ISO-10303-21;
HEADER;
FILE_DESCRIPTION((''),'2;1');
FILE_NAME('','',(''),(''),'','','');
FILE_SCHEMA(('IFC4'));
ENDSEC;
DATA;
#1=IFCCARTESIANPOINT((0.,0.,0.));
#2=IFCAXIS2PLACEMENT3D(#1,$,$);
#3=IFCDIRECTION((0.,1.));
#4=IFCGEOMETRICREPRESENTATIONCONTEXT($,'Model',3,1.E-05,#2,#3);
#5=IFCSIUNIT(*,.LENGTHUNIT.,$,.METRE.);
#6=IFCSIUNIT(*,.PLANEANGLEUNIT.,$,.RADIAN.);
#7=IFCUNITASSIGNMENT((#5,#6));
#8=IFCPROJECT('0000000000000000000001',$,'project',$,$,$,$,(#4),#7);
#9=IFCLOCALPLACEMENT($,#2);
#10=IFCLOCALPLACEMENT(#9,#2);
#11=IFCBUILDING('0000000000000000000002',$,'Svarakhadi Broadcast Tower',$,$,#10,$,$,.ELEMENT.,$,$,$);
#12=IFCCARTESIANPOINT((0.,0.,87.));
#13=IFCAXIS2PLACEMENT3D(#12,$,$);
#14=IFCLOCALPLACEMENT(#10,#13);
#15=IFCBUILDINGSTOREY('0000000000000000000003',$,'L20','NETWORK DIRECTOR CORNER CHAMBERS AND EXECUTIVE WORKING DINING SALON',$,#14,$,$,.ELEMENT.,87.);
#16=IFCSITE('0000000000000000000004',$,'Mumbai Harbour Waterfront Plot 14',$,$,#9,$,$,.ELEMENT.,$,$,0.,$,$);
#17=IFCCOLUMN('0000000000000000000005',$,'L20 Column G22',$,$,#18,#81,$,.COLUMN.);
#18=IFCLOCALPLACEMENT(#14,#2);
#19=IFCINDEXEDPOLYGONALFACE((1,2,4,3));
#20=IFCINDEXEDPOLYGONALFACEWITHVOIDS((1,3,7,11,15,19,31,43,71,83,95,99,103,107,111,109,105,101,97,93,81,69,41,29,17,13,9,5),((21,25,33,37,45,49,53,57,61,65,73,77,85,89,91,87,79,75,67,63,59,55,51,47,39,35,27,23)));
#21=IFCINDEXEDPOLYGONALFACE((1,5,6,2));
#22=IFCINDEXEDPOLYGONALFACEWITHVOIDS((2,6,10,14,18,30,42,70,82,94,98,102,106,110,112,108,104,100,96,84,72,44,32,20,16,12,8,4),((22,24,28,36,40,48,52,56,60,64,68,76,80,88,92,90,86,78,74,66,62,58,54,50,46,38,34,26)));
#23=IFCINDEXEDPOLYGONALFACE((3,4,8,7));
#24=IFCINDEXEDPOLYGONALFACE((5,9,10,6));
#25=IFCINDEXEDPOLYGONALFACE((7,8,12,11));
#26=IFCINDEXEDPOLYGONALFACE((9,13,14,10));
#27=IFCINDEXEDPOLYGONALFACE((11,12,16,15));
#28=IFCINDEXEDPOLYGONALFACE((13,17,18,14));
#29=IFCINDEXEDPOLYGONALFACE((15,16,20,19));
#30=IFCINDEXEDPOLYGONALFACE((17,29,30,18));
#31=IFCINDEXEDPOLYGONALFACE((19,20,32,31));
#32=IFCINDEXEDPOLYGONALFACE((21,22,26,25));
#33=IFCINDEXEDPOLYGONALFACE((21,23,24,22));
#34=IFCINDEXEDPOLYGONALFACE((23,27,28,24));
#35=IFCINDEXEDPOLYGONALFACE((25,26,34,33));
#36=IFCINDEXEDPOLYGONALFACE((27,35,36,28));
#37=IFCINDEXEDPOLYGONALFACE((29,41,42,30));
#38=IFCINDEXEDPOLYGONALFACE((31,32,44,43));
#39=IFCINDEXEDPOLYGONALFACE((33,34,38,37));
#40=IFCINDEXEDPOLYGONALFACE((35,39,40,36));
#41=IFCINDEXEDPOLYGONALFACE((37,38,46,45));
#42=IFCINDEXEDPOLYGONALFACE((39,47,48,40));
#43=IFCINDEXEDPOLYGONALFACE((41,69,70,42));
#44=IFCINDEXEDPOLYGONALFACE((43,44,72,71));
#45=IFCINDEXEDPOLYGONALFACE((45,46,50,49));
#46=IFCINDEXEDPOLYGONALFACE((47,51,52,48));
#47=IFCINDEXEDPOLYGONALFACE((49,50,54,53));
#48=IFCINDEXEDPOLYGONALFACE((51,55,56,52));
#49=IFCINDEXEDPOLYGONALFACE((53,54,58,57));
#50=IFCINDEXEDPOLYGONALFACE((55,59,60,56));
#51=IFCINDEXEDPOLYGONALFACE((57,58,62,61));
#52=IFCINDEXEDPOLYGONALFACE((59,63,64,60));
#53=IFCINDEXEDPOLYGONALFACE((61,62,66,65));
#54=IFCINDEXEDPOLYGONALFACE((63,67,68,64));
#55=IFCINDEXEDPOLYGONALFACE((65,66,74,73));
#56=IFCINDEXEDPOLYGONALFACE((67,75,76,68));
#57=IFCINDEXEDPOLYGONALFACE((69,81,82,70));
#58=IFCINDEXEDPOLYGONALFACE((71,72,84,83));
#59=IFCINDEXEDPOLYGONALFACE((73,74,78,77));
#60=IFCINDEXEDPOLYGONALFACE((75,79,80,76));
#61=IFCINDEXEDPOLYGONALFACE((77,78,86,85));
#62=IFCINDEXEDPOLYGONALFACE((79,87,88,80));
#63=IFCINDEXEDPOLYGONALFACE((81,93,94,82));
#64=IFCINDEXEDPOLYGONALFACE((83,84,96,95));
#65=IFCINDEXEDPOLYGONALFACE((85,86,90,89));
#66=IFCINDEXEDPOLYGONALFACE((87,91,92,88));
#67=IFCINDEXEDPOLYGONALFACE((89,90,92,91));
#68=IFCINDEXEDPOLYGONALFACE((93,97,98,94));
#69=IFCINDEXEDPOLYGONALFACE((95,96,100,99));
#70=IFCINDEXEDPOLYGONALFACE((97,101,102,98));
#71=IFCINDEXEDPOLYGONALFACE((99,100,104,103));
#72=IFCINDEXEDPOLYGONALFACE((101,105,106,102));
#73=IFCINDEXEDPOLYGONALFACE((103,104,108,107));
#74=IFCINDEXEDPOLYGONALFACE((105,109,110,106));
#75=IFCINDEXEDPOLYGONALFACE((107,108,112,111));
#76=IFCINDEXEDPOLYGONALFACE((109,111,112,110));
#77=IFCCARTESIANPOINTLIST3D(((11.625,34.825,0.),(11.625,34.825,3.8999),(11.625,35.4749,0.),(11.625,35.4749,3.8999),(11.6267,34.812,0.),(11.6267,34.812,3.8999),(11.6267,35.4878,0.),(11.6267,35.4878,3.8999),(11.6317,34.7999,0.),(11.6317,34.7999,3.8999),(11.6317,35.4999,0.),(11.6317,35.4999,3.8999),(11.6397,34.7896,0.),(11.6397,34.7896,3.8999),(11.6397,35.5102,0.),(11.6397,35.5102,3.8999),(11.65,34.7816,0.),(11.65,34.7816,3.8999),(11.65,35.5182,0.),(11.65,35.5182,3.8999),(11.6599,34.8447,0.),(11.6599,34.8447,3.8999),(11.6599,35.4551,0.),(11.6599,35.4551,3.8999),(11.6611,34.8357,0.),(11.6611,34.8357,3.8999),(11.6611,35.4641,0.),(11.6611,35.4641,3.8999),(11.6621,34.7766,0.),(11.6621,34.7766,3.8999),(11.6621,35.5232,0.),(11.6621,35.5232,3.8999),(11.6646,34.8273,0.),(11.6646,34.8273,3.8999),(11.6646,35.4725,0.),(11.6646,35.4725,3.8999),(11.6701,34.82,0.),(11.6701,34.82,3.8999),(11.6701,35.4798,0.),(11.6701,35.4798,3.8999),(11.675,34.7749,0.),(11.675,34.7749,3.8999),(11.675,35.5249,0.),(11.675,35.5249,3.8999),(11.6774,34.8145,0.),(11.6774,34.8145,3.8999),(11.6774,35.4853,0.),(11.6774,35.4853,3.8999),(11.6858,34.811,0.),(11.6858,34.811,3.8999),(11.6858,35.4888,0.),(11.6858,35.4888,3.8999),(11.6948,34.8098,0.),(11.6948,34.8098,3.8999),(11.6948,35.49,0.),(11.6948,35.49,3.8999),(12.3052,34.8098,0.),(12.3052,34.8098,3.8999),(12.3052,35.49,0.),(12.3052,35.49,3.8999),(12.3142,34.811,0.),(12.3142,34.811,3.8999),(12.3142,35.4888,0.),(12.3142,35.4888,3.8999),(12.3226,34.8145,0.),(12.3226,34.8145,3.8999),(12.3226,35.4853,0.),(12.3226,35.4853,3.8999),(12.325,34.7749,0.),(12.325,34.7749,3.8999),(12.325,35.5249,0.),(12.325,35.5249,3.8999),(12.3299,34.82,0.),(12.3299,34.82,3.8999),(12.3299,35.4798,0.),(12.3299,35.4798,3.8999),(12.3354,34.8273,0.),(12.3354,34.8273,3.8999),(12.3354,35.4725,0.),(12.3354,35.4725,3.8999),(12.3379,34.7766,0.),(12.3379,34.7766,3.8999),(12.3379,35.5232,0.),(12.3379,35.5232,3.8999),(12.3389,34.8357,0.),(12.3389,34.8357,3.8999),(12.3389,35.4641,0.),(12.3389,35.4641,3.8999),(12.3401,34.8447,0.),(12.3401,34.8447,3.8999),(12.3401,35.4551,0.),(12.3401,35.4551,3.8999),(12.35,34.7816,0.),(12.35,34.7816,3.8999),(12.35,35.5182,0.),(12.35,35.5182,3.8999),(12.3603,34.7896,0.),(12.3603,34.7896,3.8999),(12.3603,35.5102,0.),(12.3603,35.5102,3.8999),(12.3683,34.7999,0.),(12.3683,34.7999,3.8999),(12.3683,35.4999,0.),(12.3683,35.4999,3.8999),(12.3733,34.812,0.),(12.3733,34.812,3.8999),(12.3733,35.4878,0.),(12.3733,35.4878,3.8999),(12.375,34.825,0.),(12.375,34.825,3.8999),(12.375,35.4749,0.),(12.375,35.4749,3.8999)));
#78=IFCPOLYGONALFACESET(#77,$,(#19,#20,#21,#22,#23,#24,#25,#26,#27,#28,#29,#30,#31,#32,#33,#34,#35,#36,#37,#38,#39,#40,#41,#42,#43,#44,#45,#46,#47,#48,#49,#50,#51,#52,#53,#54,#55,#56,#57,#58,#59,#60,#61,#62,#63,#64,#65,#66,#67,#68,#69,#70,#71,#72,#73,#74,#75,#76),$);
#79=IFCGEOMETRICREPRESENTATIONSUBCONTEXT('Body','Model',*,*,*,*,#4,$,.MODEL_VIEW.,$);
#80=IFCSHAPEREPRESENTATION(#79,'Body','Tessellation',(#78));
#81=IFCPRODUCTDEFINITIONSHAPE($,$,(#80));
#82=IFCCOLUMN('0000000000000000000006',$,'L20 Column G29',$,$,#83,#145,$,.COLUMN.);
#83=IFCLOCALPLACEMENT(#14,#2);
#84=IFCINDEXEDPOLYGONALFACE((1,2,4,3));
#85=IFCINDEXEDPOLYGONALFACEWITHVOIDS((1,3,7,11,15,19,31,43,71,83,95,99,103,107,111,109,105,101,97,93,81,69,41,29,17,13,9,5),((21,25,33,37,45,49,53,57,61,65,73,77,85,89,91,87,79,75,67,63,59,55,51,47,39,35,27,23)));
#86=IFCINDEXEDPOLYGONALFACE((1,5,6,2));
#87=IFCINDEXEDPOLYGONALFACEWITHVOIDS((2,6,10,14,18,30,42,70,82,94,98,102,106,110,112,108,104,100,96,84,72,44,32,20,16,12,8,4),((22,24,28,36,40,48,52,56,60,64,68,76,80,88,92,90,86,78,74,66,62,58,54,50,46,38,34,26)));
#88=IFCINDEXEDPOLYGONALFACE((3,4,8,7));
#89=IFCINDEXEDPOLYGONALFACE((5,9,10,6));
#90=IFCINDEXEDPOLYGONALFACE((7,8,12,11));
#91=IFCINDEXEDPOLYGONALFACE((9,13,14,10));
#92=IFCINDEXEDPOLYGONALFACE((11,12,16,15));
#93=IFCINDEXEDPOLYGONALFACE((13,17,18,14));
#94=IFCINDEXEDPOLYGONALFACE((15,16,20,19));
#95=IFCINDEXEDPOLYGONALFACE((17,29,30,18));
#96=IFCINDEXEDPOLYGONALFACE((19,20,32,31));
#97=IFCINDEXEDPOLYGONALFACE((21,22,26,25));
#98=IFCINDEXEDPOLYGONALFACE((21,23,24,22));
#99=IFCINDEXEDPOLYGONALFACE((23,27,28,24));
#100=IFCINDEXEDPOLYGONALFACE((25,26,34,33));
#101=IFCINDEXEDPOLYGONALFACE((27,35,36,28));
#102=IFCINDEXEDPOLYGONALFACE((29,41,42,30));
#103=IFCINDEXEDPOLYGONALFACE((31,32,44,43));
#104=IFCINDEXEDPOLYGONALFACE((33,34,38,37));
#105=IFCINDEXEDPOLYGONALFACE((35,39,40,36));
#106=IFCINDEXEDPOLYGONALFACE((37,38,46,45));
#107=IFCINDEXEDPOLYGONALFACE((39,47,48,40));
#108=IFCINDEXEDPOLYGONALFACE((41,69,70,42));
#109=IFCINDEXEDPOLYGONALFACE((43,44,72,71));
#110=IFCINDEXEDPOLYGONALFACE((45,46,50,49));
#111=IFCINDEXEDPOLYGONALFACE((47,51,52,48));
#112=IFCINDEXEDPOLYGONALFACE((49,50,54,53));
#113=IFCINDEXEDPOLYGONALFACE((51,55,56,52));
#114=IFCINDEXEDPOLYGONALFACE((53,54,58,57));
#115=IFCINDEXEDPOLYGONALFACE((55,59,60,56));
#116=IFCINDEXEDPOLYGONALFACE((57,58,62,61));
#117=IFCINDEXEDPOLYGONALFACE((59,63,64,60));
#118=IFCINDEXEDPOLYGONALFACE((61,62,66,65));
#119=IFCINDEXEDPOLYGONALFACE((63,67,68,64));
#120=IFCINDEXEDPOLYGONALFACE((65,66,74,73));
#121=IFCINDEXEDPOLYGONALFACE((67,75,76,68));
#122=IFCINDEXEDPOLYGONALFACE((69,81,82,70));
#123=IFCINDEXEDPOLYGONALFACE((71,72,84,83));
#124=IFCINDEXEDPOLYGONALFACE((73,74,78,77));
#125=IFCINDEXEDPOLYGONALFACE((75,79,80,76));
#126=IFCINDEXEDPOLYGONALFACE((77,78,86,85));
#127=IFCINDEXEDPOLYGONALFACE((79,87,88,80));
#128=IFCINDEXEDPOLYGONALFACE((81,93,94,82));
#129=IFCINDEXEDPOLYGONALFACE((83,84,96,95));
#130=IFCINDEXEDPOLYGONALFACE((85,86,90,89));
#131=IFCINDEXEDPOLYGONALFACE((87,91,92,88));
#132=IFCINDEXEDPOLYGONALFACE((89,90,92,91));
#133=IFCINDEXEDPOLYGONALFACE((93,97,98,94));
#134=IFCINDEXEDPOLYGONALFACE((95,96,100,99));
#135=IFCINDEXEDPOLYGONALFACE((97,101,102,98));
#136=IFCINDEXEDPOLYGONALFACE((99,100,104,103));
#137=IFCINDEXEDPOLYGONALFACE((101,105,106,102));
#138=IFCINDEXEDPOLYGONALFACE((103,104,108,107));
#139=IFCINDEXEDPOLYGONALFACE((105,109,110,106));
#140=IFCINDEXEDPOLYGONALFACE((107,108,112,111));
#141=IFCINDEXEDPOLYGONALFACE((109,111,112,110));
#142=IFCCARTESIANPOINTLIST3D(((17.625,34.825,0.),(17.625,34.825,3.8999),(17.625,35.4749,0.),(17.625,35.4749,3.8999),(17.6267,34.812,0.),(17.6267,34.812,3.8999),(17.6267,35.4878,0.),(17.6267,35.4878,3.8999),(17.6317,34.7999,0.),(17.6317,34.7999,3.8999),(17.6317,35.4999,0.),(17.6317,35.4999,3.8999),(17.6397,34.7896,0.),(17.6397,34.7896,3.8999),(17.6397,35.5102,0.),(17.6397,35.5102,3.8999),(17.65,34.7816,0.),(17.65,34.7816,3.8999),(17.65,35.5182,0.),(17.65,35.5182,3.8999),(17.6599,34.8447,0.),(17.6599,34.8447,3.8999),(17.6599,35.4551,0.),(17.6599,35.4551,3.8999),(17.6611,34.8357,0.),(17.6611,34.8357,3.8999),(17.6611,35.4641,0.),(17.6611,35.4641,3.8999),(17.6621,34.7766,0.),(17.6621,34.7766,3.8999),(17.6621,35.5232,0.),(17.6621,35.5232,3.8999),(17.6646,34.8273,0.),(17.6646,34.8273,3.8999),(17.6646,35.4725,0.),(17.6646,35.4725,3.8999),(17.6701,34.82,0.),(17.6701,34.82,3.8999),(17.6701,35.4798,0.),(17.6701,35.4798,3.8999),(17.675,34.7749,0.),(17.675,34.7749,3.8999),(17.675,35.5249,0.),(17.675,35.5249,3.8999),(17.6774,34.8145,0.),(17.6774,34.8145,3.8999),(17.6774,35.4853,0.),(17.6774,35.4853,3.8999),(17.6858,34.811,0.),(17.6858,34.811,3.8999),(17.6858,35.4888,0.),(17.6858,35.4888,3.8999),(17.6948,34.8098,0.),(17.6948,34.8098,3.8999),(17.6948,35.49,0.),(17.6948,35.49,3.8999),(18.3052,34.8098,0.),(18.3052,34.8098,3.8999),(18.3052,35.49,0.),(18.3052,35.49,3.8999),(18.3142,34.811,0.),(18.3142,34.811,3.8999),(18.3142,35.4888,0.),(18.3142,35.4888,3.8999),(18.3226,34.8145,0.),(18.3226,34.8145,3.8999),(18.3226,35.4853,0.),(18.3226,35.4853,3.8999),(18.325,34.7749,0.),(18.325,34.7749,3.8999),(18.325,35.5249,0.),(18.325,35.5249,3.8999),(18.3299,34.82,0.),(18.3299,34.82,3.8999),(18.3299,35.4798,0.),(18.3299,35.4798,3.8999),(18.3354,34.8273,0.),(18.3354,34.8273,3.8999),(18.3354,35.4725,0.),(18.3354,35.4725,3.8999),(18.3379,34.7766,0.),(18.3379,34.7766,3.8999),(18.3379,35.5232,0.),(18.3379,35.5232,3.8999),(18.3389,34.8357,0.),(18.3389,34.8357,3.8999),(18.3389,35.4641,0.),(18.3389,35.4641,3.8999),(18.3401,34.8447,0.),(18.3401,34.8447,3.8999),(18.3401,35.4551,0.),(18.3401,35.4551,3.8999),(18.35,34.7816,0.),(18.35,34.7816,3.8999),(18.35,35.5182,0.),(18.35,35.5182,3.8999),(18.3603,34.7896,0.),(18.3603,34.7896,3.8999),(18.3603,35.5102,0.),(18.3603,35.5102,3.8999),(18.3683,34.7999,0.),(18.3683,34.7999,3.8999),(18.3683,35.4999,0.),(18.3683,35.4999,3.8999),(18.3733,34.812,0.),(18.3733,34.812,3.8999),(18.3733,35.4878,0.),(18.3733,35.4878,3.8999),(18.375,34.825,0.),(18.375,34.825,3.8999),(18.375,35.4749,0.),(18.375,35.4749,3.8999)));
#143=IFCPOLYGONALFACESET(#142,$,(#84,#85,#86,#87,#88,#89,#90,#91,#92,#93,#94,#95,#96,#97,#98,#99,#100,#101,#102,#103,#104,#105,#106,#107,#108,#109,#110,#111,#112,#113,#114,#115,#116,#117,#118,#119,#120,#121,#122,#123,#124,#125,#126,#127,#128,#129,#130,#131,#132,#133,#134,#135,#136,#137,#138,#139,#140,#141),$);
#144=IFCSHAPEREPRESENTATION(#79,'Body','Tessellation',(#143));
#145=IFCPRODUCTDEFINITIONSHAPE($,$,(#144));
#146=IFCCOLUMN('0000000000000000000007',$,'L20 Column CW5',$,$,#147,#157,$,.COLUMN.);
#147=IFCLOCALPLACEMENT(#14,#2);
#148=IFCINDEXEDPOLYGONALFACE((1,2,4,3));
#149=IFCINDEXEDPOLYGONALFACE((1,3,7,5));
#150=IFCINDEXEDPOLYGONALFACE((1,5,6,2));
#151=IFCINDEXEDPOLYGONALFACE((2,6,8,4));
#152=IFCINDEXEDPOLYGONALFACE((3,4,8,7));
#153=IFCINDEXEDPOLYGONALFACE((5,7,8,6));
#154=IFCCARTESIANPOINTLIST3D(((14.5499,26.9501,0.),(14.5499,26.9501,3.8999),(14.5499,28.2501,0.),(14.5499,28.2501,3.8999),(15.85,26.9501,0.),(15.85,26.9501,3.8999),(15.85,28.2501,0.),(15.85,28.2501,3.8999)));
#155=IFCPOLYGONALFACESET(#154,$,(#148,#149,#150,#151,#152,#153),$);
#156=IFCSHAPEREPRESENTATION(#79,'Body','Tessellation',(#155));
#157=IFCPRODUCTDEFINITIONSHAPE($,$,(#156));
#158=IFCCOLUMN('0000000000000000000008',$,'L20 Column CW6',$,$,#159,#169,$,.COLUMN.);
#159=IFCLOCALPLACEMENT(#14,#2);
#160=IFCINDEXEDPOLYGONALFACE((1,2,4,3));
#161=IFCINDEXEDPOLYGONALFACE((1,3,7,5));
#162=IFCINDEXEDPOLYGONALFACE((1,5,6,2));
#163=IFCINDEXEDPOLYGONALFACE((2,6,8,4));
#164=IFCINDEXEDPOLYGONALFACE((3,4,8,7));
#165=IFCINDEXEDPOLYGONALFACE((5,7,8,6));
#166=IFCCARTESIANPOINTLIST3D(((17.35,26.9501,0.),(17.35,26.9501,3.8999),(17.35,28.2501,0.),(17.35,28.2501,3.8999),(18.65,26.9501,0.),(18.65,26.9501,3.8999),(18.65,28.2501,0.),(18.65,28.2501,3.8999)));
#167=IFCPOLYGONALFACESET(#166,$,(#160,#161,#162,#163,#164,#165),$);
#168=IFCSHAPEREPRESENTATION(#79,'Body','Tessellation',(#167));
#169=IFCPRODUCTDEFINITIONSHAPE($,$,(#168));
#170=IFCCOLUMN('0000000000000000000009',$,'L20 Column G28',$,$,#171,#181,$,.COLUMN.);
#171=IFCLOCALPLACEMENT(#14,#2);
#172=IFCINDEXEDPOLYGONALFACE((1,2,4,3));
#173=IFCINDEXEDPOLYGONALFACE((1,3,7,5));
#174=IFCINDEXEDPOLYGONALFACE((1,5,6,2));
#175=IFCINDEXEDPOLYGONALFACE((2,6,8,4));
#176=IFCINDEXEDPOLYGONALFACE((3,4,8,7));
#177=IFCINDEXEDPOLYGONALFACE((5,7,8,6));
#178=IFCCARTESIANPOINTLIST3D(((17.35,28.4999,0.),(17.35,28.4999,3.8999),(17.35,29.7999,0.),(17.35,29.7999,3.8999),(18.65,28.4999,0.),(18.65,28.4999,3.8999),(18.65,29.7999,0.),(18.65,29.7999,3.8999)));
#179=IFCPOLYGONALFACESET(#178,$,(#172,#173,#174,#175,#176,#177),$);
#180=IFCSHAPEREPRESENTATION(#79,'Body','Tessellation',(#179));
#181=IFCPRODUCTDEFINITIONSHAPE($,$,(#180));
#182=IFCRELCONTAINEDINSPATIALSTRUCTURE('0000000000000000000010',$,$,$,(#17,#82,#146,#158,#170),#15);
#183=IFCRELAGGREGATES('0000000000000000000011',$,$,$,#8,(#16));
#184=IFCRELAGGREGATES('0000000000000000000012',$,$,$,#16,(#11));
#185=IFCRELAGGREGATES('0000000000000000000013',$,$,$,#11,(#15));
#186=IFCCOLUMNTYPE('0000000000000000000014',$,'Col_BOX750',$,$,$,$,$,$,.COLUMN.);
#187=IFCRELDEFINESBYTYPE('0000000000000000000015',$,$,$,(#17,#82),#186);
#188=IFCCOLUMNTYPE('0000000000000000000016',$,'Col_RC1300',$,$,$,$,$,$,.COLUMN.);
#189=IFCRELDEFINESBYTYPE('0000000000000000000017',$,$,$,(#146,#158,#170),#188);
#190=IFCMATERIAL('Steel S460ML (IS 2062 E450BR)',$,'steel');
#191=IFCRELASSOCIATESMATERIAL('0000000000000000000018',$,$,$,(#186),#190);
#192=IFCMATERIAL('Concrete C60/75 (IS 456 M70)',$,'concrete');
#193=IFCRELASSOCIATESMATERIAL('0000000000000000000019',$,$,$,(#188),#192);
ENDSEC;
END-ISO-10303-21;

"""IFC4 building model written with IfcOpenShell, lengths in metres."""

from ifc_helpers import new_model, si_unit, direction, frame, origin, origin_2d, place, context, subcontext, project, spatial, rectangle, hollow_rectangle, extrude, material, material_profile, profile_set, type_object, element, save


model = new_model("IFC4")

# Units and contexts
model_context = context("Model", 3, precision=1e-05, world=origin(), true_north=direction((0.0, 1.0)))
body_context = subcontext(model_context, "Body", "Model", "MODEL_VIEW")
ifc_project = project(units=[si_unit("LENGTHUNIT", "METRE"), si_unit("PLANEANGLEUNIT", "RADIAN")], contexts=[model_context])

# Site, building, storey
site_placement = place(None, origin())
site = spatial("IfcSite", under=ifc_project, at=site_placement, Name="Mumbai Harbour Waterfront Plot 14", CompositionType="ELEMENT", RefElevation=0.0)
building_placement = place(site_placement, origin())
building = spatial("IfcBuilding", under=site, at=building_placement, Name="Svarakhadi Broadcast Tower", CompositionType="ELEMENT")
storey_placement = place(building_placement, frame((0.0, 0.0, 87.0)))
storey = spatial("IfcBuildingStorey", under=building, at=storey_placement, Name="L20", Description="NETWORK DIRECTOR CORNER CHAMBERS AND EXECUTIVE WORKING DINING SALON", CompositionType="ELEMENT", Elevation=87.0)

# Columns
ifc_material_1 = material(Name="Steel S460ML (IS 2062 E450BR)", Category="steel")
ifc_material_profile_1 = material_profile(ifc_material_1, hollow_rectangle(XDim=0.75, YDim=0.75, WallThickness=0.0349, InnerFilletRadius=0.0349, OuterFilletRadius=0.05, at=origin_2d()), Name="BOX 750x750x35")
ifc_profile_set_1 = profile_set([ifc_material_profile_1], Name="Steel S460ML (IS 2062 E450BR)")
column_type_1 = type_object("IfcColumnType", Name="Col_BOX750", PredefinedType="COLUMN", material=ifc_profile_set_1)
for number, where, z_axis, x_axis, name in (
    (1, (12.0, 35.1499, 0.0), (0.0, 0.0, 1.0), (1.0, 0.0, 0.0), "L20 Column G22"),
    (2, (18.0, 35.1499, 0.0), (0.0, 0.0, 1.0), (1.0, 0.0, 0.0), "L20 Column G29"),
):
    element("IfcColumn", number, at=place(storey_placement, frame(where, z_axis=z_axis, x_axis=x_axis)), inside=storey, type_object=column_type_1, Name=name, PredefinedType="COLUMN", context=body_context, shape_type="SweptSolid", body=[
        extrude(hollow_rectangle(XDim=0.75, YDim=0.75, WallThickness=0.0349, InnerFilletRadius=0.0349, OuterFilletRadius=0.05, at=origin_2d()), origin(), (0.0, 0.0, 1.0), 3.8999),
    ])
ifc_material_2 = material(Name="Concrete C60/75 (IS 456 M70)", Category="concrete")
ifc_material_profile_2 = material_profile(ifc_material_2, rectangle(XDim=1.3, YDim=1.3, at=origin_2d()), Name="RC 1300x1300")
ifc_profile_set_2 = profile_set([ifc_material_profile_2], Name="Concrete C60/75 (IS 456 M70)")
column_type_2 = type_object("IfcColumnType", Name="Col_RC1300", PredefinedType="COLUMN", material=ifc_profile_set_2)
for number, where, z_axis, x_axis, name in (
    (3, (15.2, 27.6001, 0.0), (0.0, 0.0, 1.0), (1.0, 0.0, 0.0), "L20 Column CW5"),
    (4, (18.0, 27.6001, 0.0), (0.0, 0.0, 1.0), (1.0, 0.0, 0.0), "L20 Column CW6"),
    (5, (18.0, 29.1499, 0.0), (0.0, 0.0, 1.0), (1.0, 0.0, 0.0), "L20 Column G28"),
):
    element("IfcColumn", number, at=place(storey_placement, frame(where, z_axis=z_axis, x_axis=x_axis)), inside=storey, type_object=column_type_2, Name=name, PredefinedType="COLUMN", context=body_context, shape_type="SweptSolid", body=[
        extrude(rectangle(XDim=1.3, YDim=1.3, at=origin_2d()), origin(), (0.0, 0.0, 1.0), 3.8999),
    ])

save(model, "model.ifc")
